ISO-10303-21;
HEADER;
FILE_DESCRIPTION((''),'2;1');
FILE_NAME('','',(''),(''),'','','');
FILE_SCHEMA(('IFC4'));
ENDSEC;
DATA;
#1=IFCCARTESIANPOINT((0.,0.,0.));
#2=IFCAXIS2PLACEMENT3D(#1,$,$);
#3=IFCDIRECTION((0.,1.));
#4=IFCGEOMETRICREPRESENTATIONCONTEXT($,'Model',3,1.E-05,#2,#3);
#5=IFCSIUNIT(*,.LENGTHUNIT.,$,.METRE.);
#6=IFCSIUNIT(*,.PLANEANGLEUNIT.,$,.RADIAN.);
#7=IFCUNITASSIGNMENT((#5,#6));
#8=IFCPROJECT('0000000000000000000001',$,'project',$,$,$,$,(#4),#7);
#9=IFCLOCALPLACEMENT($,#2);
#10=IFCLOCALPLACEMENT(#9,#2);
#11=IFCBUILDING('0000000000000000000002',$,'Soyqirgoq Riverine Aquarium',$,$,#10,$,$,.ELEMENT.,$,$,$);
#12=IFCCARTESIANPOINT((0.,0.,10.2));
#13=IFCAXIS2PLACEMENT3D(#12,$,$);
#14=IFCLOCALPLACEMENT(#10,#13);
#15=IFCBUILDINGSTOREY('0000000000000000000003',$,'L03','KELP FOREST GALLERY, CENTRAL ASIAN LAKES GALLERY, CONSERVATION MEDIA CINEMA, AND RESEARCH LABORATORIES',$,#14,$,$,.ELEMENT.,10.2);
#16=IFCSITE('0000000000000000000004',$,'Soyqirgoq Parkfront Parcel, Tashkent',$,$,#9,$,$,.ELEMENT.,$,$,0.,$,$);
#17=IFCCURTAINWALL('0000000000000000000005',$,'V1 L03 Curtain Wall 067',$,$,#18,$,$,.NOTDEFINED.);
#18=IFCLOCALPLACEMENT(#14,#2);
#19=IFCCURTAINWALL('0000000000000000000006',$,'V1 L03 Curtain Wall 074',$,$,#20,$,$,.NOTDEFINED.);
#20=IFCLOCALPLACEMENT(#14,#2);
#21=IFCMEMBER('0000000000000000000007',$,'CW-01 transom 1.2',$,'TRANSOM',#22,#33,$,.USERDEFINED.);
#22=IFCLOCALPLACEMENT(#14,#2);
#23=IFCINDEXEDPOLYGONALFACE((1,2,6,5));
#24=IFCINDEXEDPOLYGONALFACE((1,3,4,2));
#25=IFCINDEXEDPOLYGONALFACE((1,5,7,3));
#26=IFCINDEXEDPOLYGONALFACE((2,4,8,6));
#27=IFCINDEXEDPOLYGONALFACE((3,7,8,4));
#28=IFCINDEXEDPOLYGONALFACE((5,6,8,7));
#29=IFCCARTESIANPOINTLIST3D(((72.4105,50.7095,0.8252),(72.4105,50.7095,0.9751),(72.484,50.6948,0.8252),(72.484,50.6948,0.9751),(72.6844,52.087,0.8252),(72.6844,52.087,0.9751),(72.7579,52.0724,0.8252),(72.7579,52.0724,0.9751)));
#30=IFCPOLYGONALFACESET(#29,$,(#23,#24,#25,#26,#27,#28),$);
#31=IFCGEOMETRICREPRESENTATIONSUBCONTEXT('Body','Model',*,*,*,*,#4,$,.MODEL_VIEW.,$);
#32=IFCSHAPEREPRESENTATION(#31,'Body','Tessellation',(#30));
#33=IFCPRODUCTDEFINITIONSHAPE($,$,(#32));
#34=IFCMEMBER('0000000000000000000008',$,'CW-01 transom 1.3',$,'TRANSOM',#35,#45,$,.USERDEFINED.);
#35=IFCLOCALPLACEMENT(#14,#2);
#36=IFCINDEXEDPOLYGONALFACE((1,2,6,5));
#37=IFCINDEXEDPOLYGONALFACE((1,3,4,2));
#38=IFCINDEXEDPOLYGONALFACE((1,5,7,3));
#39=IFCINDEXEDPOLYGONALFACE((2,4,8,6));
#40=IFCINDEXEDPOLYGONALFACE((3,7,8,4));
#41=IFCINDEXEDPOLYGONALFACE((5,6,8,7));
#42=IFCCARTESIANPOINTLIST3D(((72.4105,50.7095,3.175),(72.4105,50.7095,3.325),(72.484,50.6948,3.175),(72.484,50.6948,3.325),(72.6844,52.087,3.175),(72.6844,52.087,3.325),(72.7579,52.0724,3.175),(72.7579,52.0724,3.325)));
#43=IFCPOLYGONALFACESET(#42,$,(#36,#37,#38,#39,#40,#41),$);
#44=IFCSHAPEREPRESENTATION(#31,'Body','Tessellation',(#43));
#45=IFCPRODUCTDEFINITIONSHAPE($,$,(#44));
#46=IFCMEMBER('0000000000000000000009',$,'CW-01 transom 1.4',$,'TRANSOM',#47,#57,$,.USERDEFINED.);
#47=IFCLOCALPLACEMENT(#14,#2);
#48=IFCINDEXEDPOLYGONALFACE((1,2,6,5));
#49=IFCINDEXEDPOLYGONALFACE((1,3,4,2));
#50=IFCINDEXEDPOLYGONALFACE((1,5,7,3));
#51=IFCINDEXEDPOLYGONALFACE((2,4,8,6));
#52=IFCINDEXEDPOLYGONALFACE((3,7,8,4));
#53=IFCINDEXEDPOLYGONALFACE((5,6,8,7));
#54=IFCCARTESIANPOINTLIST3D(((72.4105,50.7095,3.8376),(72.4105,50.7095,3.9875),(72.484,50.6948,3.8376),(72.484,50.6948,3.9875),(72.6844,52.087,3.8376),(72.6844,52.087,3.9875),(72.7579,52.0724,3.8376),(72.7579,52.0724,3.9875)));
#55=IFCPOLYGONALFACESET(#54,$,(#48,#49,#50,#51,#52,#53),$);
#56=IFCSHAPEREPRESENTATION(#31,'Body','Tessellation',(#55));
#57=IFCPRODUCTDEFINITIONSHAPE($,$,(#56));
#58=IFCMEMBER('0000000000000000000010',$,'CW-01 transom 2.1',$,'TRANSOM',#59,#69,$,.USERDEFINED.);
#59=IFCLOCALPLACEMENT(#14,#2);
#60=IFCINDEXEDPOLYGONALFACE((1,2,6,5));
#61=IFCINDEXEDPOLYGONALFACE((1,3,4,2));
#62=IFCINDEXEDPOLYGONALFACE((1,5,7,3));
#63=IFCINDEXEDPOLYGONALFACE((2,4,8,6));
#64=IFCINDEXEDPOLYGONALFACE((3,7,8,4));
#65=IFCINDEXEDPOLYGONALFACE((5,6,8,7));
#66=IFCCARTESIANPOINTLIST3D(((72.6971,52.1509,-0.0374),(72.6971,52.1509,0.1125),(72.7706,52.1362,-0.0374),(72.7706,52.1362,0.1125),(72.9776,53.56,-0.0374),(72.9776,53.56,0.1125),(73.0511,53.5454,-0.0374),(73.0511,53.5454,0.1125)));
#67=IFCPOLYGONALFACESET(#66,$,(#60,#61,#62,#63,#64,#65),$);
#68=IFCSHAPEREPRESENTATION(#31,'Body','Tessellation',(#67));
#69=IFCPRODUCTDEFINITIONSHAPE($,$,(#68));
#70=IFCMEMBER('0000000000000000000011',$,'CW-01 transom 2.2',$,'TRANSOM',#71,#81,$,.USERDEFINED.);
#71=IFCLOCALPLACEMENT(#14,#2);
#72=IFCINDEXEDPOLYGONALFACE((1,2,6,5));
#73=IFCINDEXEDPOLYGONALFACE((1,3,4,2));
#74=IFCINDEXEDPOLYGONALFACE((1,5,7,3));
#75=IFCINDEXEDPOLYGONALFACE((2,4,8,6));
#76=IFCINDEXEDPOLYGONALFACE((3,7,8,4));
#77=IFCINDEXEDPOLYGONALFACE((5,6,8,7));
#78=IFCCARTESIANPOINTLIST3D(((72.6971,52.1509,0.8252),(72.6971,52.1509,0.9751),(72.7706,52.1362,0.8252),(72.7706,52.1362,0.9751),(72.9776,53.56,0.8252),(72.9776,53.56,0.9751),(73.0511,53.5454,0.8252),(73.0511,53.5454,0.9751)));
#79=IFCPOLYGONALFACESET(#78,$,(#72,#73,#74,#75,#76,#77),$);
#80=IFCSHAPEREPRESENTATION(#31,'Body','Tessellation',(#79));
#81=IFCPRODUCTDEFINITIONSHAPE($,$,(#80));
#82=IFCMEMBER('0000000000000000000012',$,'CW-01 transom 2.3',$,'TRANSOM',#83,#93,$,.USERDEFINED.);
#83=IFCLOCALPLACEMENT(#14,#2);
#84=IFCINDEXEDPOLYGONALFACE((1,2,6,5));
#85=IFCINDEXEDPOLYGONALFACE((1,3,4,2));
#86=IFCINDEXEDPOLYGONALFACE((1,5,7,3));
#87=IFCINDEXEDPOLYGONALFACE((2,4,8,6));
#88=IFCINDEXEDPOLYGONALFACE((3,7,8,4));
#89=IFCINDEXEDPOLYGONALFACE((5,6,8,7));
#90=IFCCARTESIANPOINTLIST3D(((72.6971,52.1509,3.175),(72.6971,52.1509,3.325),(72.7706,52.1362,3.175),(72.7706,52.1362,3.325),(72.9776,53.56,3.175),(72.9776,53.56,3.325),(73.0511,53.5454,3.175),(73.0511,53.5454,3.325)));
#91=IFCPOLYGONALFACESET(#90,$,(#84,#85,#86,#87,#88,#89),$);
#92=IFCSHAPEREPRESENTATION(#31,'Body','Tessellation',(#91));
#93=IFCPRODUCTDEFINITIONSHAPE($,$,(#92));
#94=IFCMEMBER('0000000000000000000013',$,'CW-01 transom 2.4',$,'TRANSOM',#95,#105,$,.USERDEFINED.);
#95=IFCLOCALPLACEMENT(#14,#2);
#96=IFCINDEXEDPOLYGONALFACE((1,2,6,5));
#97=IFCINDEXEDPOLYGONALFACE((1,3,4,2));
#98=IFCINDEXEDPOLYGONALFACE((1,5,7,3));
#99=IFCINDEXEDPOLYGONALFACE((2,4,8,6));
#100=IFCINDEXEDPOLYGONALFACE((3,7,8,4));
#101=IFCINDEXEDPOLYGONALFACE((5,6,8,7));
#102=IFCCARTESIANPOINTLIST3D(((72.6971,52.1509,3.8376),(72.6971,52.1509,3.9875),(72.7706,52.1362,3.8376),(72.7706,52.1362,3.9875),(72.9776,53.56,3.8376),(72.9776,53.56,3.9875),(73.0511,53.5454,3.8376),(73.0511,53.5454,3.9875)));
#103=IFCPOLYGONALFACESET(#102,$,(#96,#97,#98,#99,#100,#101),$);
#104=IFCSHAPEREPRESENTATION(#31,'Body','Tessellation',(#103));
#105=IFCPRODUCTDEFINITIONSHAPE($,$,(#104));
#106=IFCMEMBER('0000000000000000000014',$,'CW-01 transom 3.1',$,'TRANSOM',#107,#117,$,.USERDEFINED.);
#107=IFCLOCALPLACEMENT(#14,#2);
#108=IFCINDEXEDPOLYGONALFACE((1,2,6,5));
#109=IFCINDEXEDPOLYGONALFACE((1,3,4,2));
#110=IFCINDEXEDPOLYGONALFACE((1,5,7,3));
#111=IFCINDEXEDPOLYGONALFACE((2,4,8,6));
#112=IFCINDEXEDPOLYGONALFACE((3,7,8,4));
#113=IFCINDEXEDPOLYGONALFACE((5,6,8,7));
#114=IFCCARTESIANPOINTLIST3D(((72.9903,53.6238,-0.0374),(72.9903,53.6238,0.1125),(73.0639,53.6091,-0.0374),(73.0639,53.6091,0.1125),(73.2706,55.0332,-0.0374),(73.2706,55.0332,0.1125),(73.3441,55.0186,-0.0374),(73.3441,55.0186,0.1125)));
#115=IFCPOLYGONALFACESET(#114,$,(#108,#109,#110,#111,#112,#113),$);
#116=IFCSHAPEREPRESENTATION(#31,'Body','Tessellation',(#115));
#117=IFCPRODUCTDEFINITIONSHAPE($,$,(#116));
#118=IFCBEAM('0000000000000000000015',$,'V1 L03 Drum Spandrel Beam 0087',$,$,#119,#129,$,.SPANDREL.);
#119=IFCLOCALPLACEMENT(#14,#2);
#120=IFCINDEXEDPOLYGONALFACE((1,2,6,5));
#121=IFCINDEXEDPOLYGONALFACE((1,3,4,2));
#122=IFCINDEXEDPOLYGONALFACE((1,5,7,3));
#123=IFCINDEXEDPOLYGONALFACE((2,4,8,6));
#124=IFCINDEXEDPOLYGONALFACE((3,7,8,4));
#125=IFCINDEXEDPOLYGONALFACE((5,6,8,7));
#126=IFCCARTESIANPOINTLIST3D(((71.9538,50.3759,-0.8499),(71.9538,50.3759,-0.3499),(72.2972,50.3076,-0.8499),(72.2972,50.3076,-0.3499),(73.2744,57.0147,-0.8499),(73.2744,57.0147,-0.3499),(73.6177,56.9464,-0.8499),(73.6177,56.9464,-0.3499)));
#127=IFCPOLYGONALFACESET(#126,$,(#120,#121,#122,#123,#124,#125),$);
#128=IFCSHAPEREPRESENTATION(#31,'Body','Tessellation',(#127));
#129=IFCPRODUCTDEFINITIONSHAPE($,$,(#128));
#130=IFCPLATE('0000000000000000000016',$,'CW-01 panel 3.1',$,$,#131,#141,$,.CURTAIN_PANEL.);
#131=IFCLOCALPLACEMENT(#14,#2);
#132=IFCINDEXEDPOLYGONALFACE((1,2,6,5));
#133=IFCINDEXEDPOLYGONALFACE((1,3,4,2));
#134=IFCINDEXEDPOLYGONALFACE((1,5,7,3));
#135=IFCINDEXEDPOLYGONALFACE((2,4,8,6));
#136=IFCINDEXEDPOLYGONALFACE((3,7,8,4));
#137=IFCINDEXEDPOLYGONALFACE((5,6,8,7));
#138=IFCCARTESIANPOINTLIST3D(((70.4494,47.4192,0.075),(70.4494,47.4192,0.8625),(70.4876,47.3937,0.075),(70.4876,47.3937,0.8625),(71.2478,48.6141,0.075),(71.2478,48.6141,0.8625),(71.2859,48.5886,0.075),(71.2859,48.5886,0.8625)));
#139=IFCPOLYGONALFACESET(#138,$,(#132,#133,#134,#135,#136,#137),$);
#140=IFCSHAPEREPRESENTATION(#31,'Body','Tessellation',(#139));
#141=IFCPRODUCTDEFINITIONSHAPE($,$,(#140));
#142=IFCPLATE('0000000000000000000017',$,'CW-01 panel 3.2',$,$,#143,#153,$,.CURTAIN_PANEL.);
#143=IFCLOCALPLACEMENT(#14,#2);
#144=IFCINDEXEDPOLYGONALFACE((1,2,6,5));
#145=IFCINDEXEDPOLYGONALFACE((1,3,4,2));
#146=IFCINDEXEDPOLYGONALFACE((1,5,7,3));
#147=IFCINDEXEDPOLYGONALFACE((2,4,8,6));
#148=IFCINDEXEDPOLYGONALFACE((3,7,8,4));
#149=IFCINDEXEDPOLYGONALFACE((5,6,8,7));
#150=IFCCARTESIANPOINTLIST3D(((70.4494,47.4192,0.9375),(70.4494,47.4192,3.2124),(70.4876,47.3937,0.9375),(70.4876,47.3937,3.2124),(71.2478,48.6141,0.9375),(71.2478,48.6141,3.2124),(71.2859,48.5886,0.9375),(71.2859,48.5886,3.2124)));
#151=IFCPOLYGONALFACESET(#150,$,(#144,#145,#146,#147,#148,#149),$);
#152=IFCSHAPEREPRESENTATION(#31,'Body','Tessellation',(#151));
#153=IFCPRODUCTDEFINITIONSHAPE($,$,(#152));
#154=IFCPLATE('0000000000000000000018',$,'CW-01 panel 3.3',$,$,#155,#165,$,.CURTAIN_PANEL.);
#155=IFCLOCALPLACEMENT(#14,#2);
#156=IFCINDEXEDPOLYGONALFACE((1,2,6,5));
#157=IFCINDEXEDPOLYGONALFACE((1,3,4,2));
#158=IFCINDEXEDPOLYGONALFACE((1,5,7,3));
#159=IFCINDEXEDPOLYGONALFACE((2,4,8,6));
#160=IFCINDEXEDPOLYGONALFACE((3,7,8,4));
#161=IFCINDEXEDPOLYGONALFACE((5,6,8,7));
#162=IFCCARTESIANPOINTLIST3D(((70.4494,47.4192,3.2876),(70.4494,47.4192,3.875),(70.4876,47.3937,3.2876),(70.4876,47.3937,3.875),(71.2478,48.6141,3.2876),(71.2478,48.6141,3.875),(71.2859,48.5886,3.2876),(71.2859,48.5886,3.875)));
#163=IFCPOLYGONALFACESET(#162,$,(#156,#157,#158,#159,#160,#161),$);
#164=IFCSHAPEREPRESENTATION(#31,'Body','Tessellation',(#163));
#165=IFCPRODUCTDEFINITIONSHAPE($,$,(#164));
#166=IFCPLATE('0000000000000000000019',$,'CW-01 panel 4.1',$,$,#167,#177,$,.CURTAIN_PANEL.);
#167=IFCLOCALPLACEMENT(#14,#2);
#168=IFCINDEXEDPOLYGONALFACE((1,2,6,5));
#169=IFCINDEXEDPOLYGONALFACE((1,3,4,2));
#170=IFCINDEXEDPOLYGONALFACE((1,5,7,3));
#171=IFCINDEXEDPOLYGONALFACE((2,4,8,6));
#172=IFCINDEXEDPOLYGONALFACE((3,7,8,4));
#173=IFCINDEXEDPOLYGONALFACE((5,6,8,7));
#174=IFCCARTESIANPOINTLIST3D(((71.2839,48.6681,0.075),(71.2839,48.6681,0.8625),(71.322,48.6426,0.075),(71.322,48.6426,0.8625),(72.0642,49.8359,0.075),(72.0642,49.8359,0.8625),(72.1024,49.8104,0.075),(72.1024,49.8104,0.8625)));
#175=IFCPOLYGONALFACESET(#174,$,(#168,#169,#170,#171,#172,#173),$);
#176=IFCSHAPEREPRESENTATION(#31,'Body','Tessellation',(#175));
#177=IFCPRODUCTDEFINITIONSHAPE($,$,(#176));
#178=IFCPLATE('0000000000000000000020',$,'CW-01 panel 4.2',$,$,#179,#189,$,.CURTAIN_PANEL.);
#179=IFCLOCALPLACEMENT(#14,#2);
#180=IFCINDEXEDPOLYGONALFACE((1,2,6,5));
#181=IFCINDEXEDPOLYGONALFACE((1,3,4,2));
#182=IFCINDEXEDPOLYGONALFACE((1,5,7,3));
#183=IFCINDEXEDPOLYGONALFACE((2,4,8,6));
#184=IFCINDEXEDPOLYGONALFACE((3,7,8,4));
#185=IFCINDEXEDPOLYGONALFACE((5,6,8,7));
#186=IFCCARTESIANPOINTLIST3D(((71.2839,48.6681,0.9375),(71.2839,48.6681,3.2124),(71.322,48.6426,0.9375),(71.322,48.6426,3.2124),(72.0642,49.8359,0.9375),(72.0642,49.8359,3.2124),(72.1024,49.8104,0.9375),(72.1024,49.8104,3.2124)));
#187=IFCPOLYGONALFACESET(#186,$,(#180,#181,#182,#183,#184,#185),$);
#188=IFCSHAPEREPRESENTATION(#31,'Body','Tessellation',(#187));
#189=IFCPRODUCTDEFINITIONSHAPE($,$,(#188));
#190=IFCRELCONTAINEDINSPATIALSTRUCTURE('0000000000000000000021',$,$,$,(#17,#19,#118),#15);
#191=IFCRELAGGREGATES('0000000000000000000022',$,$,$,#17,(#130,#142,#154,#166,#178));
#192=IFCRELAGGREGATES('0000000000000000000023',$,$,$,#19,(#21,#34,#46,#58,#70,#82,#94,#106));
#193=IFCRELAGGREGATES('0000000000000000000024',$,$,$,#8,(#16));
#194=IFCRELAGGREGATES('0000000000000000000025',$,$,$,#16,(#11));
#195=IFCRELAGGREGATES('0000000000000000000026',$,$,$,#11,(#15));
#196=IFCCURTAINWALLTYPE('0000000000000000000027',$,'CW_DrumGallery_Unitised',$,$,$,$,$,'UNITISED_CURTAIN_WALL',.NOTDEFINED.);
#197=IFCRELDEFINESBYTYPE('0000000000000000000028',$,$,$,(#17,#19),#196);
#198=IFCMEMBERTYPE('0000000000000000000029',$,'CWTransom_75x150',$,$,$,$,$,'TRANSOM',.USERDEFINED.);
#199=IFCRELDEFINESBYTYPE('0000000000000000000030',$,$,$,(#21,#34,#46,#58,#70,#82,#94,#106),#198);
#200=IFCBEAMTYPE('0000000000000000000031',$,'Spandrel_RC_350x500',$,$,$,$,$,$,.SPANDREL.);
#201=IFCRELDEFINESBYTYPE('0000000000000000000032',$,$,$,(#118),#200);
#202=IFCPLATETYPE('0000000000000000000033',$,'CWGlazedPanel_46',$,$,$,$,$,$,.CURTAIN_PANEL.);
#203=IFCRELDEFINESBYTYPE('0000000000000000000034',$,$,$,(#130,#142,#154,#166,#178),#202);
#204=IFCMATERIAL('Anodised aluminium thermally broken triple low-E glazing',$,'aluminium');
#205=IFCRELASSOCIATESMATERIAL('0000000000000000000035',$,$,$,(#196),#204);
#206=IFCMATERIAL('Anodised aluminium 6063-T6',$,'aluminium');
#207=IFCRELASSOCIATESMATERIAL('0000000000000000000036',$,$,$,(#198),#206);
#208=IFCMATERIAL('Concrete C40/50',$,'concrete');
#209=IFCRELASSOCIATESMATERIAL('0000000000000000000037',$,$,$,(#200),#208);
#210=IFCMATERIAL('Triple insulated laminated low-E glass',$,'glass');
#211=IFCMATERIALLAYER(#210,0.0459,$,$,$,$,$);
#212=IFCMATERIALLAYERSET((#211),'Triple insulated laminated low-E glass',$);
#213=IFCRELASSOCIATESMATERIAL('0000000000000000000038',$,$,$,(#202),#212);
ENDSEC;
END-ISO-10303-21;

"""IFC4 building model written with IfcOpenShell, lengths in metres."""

from ifc_helpers import new_model, si_unit, direction, frame, origin, origin_2d, place, context, subcontext, project, spatial, rectangle, extrude, material, layer, layer_set, material_profile, profile_set, type_object, element, aggregate, save


model = new_model("IFC4")

# Units and contexts
model_context = context("Model", 3, precision=1e-05, world=origin(), true_north=direction((0.0, 1.0)))
body_context = subcontext(model_context, "Body", "Model", "MODEL_VIEW")
ifc_project = project(units=[si_unit("LENGTHUNIT", "METRE"), si_unit("PLANEANGLEUNIT", "RADIAN")], contexts=[model_context])

# Site, building, storey
site_placement = place(None, origin())
site = spatial("IfcSite", under=ifc_project, at=site_placement, Name="Soyqirgoq Parkfront Parcel, Tashkent", CompositionType="ELEMENT", RefElevation=0.0)
building_placement = place(site_placement, origin())
building = spatial("IfcBuilding", under=site, at=building_placement, Name="Soyqirgoq Riverine Aquarium", CompositionType="ELEMENT")
storey_placement = place(building_placement, frame((0.0, 0.0, 10.2)))
storey = spatial("IfcBuildingStorey", under=building, at=storey_placement, Name="L03", Description="KELP FOREST GALLERY, CENTRAL ASIAN LAKES GALLERY, CONSERVATION MEDIA CINEMA, AND RESEARCH LABORATORIES", CompositionType="ELEMENT", Elevation=10.2)

# Curtain walls
ifc_material_1 = material(Name="Anodised aluminium thermally broken triple low-E glazing", Category="aluminium")
curtain_wall_type = type_object("IfcCurtainWallType", Name="CW_DrumGallery_Unitised", ElementType="UNITISED_CURTAIN_WALL", PredefinedType="NOTDEFINED", material=ifc_material_1)
curtain_wall_1_placement = place(storey_placement, origin())
curtain_wall_1 = element("IfcCurtainWall", 1, at=curtain_wall_1_placement, inside=storey, type_object=curtain_wall_type, Name="V1 L03 Curtain Wall 067", PredefinedType="NOTDEFINED")
curtain_wall_2_placement = place(storey_placement, origin())
curtain_wall_2 = element("IfcCurtainWall", 2, at=curtain_wall_2_placement, inside=storey, type_object=curtain_wall_type, Name="V1 L03 Curtain Wall 074", PredefinedType="NOTDEFINED")

# Members
ifc_material_2 = material(Name="Anodised aluminium 6063-T6", Category="aluminium")
ifc_material_profile_1 = material_profile(ifc_material_2, rectangle(XDim=0.075, YDim=0.1499, at=origin_2d()), Name="ALU-T 75x150")
ifc_profile_set_1 = profile_set([ifc_material_profile_1], Name="Anodised aluminium 6063-T6")
member_type_1 = type_object("IfcMemberType", Name="CWTransom_75x150", ElementType="TRANSOM", PredefinedType="USERDEFINED", material=ifc_profile_set_1)
member_1_placement = place(storey_placement, frame((72.4473, 50.7021, 0.9001), z_axis=(0.195013, 0.980801, 0.0), x_axis=(-0.980801, 0.195013, 0.0)))
member_1 = element("IfcMember", 3, at=member_1_placement, type_object=member_type_1, Name="CW-01 transom 1.2", ObjectType="TRANSOM", PredefinedType="USERDEFINED", context=body_context, shape_type="SweptSolid", body=[
    extrude(rectangle(XDim=0.075, YDim=0.1499, at=origin_2d()), origin(), (0.0, 0.0, 1.0), 1.4045),
])
member_2_placement = place(storey_placement, frame((72.4473, 50.7021, 3.25), z_axis=(0.195013, 0.980801, 0.0), x_axis=(-0.980801, 0.195013, 0.0)))
member_2 = element("IfcMember", 4, at=member_2_placement, type_object=member_type_1, Name="CW-01 transom 1.3", ObjectType="TRANSOM", PredefinedType="USERDEFINED", context=body_context, shape_type="SweptSolid", body=[
    extrude(rectangle(XDim=0.075, YDim=0.1499, at=origin_2d()), origin(), (0.0, 0.0, 1.0), 1.4045),
])
member_3_placement = place(storey_placement, frame((72.4473, 50.7021, 3.9126), z_axis=(0.195013, 0.980801, 0.0), x_axis=(-0.980801, 0.195013, 0.0)))
member_3 = element("IfcMember", 5, at=member_3_placement, type_object=member_type_1, Name="CW-01 transom 1.4", ObjectType="TRANSOM", PredefinedType="USERDEFINED", context=body_context, shape_type="SweptSolid", body=[
    extrude(rectangle(XDim=0.075, YDim=0.1499, at=origin_2d()), origin(), (0.0, 0.0, 1.0), 1.4045),
])
member_4_placement = place(storey_placement, frame((72.7339, 52.1436, 0.0376), z_axis=(0.195234, 0.980757, 0.0), x_axis=(-0.980757, 0.195234, 0.0)))
member_4 = element("IfcMember", 6, at=member_4_placement, type_object=member_type_1, Name="CW-01 transom 2.1", ObjectType="TRANSOM", PredefinedType="USERDEFINED", context=body_context, shape_type="SweptSolid", body=[
    extrude(rectangle(XDim=0.075, YDim=0.1499, at=origin_2d()), origin(), (0.0, 0.0, 1.0), 1.4368),
])
member_5_placement = place(storey_placement, frame((72.7339, 52.1436, 0.9001), z_axis=(0.195234, 0.980757, 0.0), x_axis=(-0.980757, 0.195234, 0.0)))
member_5 = element("IfcMember", 7, at=member_5_placement, type_object=member_type_1, Name="CW-01 transom 2.2", ObjectType="TRANSOM", PredefinedType="USERDEFINED", context=body_context, shape_type="SweptSolid", body=[
    extrude(rectangle(XDim=0.075, YDim=0.1499, at=origin_2d()), origin(), (0.0, 0.0, 1.0), 1.4368),
])
member_6_placement = place(storey_placement, frame((72.7339, 52.1436, 3.25), z_axis=(0.195234, 0.980757, 0.0), x_axis=(-0.980757, 0.195234, 0.0)))
member_6 = element("IfcMember", 8, at=member_6_placement, type_object=member_type_1, Name="CW-01 transom 2.3", ObjectType="TRANSOM", PredefinedType="USERDEFINED", context=body_context, shape_type="SweptSolid", body=[
    extrude(rectangle(XDim=0.075, YDim=0.1499, at=origin_2d()), origin(), (0.0, 0.0, 1.0), 1.4368),
])
member_7_placement = place(storey_placement, frame((72.7339, 52.1436, 3.9126), z_axis=(0.195234, 0.980757, 0.0), x_axis=(-0.980757, 0.195234, 0.0)))
member_7 = element("IfcMember", 9, at=member_7_placement, type_object=member_type_1, Name="CW-01 transom 2.4", ObjectType="TRANSOM", PredefinedType="USERDEFINED", context=body_context, shape_type="SweptSolid", body=[
    extrude(rectangle(XDim=0.075, YDim=0.1499, at=origin_2d()), origin(), (0.0, 0.0, 1.0), 1.4368),
])
member_8_placement = place(storey_placement, frame((73.0271, 53.6165, 0.0376), z_axis=(0.195038, 0.980796, 0.0), x_axis=(-0.980796, 0.195038, 0.0)))
member_8 = element("IfcMember", 10, at=member_8_placement, type_object=member_type_1, Name="CW-01 transom 3.1", ObjectType="TRANSOM", PredefinedType="USERDEFINED", context=body_context, shape_type="SweptSolid", body=[
    extrude(rectangle(XDim=0.075, YDim=0.1499, at=origin_2d()), origin(), (0.0, 0.0, 1.0), 1.437),
])

# Beam
ifc_material_3 = material(Name="Concrete C40/50", Category="concrete")
ifc_material_profile_2 = material_profile(ifc_material_3, rectangle(XDim=0.3501, YDim=0.5, at=origin_2d()), Name="RC 350x500")
ifc_profile_set_2 = profile_set([ifc_material_profile_2], Name="Concrete C40/50")
beam_type = type_object("IfcBeamType", Name="Spandrel_RC_350x500", PredefinedType="SPANDREL", material=ifc_profile_set_2)
beam_placement = place(storey_placement, frame((72.1255, 50.3418, -0.5999), z_axis=(0.195096, 0.980784, 0.0), x_axis=(-0.980784, 0.195096, 0.0)))
element("IfcBeam", 11, at=beam_placement, inside=storey, type_object=beam_type, Name="V1 L03 Drum Spandrel Beam 0087", PredefinedType="SPANDREL", context=body_context, shape_type="SweptSolid", body=[
    extrude(rectangle(XDim=0.3501, YDim=0.5, at=origin_2d()), origin(), (0.0, 0.0, 1.0), 6.7688),
])

# Plates
ifc_material_4 = material(Name="Triple insulated laminated low-E glass", Category="glass")
ifc_layer = layer(ifc_material_4, 0.0459)
ifc_layer_set = layer_set([ifc_layer], Name="Triple insulated laminated low-E glass")
plate_type = type_object("IfcPlateType", Name="CWGlazedPanel_46", PredefinedType="CURTAIN_PANEL", material=ifc_layer_set)
plate_1_placement = place(storey_placement, frame((70.8677, 48.0039, 0.075), z_axis=(0.0, 0.0, 1.0), x_axis=(0.555572, 0.831469, 0.0)))
plate_1 = element("IfcPlate", 12, at=plate_1_placement, type_object=plate_type, Name="CW-01 panel 3.1", PredefinedType="CURTAIN_PANEL", context=body_context, shape_type="SweptSolid", body=[
    extrude(rectangle(XDim=1.437, YDim=0.0459, at=origin_2d()), origin(), (0.0, 0.0, 1.0), 0.7876),
])
plate_2_placement = place(storey_placement, frame((70.8677, 48.0039, 0.9375), z_axis=(0.0, 0.0, 1.0), x_axis=(0.555572, 0.831469, 0.0)))
plate_2 = element("IfcPlate", 13, at=plate_2_placement, type_object=plate_type, Name="CW-01 panel 3.2", PredefinedType="CURTAIN_PANEL", context=body_context, shape_type="SweptSolid", body=[
    extrude(rectangle(XDim=1.437, YDim=0.0459, at=origin_2d()), origin(), (0.0, 0.0, 1.0), 2.2749),
])
plate_3_placement = place(storey_placement, frame((70.8677, 48.0039, 3.2876), z_axis=(0.0, 0.0, 1.0), x_axis=(0.555572, 0.831469, 0.0)))
plate_3 = element("IfcPlate", 14, at=plate_3_placement, type_object=plate_type, Name="CW-01 panel 3.3", PredefinedType="CURTAIN_PANEL", context=body_context, shape_type="SweptSolid", body=[
    extrude(rectangle(XDim=1.437, YDim=0.0459, at=origin_2d()), origin(), (0.0, 0.0, 1.0), 0.5874),
])
plate_4_placement = place(storey_placement, frame((71.6931, 49.2393, 0.075), z_axis=(0.0, 0.0, 1.0), x_axis=(0.555572, 0.831469, 0.0)))
plate_4 = element("IfcPlate", 15, at=plate_4_placement, type_object=plate_type, Name="CW-01 panel 4.1", PredefinedType="CURTAIN_PANEL", context=body_context, shape_type="SweptSolid", body=[
    extrude(rectangle(XDim=1.4045, YDim=0.0459, at=origin_2d()), origin(), (0.0, 0.0, 1.0), 0.7876),
])
plate_5_placement = place(storey_placement, frame((71.6931, 49.2393, 0.9375), z_axis=(0.0, 0.0, 1.0), x_axis=(0.555572, 0.831469, 0.0)))
plate_5 = element("IfcPlate", 16, at=plate_5_placement, type_object=plate_type, Name="CW-01 panel 4.2", PredefinedType="CURTAIN_PANEL", context=body_context, shape_type="SweptSolid", body=[
    extrude(rectangle(XDim=1.4045, YDim=0.0459, at=origin_2d()), origin(), (0.0, 0.0, 1.0), 2.2749),
])
aggregate(curtain_wall_1, [plate_1, plate_2, plate_3, plate_4, plate_5])
aggregate(curtain_wall_2, [member_1, member_2, member_3, member_4, member_5, member_6, member_7, member_8])

save(model, "model.ifc")
